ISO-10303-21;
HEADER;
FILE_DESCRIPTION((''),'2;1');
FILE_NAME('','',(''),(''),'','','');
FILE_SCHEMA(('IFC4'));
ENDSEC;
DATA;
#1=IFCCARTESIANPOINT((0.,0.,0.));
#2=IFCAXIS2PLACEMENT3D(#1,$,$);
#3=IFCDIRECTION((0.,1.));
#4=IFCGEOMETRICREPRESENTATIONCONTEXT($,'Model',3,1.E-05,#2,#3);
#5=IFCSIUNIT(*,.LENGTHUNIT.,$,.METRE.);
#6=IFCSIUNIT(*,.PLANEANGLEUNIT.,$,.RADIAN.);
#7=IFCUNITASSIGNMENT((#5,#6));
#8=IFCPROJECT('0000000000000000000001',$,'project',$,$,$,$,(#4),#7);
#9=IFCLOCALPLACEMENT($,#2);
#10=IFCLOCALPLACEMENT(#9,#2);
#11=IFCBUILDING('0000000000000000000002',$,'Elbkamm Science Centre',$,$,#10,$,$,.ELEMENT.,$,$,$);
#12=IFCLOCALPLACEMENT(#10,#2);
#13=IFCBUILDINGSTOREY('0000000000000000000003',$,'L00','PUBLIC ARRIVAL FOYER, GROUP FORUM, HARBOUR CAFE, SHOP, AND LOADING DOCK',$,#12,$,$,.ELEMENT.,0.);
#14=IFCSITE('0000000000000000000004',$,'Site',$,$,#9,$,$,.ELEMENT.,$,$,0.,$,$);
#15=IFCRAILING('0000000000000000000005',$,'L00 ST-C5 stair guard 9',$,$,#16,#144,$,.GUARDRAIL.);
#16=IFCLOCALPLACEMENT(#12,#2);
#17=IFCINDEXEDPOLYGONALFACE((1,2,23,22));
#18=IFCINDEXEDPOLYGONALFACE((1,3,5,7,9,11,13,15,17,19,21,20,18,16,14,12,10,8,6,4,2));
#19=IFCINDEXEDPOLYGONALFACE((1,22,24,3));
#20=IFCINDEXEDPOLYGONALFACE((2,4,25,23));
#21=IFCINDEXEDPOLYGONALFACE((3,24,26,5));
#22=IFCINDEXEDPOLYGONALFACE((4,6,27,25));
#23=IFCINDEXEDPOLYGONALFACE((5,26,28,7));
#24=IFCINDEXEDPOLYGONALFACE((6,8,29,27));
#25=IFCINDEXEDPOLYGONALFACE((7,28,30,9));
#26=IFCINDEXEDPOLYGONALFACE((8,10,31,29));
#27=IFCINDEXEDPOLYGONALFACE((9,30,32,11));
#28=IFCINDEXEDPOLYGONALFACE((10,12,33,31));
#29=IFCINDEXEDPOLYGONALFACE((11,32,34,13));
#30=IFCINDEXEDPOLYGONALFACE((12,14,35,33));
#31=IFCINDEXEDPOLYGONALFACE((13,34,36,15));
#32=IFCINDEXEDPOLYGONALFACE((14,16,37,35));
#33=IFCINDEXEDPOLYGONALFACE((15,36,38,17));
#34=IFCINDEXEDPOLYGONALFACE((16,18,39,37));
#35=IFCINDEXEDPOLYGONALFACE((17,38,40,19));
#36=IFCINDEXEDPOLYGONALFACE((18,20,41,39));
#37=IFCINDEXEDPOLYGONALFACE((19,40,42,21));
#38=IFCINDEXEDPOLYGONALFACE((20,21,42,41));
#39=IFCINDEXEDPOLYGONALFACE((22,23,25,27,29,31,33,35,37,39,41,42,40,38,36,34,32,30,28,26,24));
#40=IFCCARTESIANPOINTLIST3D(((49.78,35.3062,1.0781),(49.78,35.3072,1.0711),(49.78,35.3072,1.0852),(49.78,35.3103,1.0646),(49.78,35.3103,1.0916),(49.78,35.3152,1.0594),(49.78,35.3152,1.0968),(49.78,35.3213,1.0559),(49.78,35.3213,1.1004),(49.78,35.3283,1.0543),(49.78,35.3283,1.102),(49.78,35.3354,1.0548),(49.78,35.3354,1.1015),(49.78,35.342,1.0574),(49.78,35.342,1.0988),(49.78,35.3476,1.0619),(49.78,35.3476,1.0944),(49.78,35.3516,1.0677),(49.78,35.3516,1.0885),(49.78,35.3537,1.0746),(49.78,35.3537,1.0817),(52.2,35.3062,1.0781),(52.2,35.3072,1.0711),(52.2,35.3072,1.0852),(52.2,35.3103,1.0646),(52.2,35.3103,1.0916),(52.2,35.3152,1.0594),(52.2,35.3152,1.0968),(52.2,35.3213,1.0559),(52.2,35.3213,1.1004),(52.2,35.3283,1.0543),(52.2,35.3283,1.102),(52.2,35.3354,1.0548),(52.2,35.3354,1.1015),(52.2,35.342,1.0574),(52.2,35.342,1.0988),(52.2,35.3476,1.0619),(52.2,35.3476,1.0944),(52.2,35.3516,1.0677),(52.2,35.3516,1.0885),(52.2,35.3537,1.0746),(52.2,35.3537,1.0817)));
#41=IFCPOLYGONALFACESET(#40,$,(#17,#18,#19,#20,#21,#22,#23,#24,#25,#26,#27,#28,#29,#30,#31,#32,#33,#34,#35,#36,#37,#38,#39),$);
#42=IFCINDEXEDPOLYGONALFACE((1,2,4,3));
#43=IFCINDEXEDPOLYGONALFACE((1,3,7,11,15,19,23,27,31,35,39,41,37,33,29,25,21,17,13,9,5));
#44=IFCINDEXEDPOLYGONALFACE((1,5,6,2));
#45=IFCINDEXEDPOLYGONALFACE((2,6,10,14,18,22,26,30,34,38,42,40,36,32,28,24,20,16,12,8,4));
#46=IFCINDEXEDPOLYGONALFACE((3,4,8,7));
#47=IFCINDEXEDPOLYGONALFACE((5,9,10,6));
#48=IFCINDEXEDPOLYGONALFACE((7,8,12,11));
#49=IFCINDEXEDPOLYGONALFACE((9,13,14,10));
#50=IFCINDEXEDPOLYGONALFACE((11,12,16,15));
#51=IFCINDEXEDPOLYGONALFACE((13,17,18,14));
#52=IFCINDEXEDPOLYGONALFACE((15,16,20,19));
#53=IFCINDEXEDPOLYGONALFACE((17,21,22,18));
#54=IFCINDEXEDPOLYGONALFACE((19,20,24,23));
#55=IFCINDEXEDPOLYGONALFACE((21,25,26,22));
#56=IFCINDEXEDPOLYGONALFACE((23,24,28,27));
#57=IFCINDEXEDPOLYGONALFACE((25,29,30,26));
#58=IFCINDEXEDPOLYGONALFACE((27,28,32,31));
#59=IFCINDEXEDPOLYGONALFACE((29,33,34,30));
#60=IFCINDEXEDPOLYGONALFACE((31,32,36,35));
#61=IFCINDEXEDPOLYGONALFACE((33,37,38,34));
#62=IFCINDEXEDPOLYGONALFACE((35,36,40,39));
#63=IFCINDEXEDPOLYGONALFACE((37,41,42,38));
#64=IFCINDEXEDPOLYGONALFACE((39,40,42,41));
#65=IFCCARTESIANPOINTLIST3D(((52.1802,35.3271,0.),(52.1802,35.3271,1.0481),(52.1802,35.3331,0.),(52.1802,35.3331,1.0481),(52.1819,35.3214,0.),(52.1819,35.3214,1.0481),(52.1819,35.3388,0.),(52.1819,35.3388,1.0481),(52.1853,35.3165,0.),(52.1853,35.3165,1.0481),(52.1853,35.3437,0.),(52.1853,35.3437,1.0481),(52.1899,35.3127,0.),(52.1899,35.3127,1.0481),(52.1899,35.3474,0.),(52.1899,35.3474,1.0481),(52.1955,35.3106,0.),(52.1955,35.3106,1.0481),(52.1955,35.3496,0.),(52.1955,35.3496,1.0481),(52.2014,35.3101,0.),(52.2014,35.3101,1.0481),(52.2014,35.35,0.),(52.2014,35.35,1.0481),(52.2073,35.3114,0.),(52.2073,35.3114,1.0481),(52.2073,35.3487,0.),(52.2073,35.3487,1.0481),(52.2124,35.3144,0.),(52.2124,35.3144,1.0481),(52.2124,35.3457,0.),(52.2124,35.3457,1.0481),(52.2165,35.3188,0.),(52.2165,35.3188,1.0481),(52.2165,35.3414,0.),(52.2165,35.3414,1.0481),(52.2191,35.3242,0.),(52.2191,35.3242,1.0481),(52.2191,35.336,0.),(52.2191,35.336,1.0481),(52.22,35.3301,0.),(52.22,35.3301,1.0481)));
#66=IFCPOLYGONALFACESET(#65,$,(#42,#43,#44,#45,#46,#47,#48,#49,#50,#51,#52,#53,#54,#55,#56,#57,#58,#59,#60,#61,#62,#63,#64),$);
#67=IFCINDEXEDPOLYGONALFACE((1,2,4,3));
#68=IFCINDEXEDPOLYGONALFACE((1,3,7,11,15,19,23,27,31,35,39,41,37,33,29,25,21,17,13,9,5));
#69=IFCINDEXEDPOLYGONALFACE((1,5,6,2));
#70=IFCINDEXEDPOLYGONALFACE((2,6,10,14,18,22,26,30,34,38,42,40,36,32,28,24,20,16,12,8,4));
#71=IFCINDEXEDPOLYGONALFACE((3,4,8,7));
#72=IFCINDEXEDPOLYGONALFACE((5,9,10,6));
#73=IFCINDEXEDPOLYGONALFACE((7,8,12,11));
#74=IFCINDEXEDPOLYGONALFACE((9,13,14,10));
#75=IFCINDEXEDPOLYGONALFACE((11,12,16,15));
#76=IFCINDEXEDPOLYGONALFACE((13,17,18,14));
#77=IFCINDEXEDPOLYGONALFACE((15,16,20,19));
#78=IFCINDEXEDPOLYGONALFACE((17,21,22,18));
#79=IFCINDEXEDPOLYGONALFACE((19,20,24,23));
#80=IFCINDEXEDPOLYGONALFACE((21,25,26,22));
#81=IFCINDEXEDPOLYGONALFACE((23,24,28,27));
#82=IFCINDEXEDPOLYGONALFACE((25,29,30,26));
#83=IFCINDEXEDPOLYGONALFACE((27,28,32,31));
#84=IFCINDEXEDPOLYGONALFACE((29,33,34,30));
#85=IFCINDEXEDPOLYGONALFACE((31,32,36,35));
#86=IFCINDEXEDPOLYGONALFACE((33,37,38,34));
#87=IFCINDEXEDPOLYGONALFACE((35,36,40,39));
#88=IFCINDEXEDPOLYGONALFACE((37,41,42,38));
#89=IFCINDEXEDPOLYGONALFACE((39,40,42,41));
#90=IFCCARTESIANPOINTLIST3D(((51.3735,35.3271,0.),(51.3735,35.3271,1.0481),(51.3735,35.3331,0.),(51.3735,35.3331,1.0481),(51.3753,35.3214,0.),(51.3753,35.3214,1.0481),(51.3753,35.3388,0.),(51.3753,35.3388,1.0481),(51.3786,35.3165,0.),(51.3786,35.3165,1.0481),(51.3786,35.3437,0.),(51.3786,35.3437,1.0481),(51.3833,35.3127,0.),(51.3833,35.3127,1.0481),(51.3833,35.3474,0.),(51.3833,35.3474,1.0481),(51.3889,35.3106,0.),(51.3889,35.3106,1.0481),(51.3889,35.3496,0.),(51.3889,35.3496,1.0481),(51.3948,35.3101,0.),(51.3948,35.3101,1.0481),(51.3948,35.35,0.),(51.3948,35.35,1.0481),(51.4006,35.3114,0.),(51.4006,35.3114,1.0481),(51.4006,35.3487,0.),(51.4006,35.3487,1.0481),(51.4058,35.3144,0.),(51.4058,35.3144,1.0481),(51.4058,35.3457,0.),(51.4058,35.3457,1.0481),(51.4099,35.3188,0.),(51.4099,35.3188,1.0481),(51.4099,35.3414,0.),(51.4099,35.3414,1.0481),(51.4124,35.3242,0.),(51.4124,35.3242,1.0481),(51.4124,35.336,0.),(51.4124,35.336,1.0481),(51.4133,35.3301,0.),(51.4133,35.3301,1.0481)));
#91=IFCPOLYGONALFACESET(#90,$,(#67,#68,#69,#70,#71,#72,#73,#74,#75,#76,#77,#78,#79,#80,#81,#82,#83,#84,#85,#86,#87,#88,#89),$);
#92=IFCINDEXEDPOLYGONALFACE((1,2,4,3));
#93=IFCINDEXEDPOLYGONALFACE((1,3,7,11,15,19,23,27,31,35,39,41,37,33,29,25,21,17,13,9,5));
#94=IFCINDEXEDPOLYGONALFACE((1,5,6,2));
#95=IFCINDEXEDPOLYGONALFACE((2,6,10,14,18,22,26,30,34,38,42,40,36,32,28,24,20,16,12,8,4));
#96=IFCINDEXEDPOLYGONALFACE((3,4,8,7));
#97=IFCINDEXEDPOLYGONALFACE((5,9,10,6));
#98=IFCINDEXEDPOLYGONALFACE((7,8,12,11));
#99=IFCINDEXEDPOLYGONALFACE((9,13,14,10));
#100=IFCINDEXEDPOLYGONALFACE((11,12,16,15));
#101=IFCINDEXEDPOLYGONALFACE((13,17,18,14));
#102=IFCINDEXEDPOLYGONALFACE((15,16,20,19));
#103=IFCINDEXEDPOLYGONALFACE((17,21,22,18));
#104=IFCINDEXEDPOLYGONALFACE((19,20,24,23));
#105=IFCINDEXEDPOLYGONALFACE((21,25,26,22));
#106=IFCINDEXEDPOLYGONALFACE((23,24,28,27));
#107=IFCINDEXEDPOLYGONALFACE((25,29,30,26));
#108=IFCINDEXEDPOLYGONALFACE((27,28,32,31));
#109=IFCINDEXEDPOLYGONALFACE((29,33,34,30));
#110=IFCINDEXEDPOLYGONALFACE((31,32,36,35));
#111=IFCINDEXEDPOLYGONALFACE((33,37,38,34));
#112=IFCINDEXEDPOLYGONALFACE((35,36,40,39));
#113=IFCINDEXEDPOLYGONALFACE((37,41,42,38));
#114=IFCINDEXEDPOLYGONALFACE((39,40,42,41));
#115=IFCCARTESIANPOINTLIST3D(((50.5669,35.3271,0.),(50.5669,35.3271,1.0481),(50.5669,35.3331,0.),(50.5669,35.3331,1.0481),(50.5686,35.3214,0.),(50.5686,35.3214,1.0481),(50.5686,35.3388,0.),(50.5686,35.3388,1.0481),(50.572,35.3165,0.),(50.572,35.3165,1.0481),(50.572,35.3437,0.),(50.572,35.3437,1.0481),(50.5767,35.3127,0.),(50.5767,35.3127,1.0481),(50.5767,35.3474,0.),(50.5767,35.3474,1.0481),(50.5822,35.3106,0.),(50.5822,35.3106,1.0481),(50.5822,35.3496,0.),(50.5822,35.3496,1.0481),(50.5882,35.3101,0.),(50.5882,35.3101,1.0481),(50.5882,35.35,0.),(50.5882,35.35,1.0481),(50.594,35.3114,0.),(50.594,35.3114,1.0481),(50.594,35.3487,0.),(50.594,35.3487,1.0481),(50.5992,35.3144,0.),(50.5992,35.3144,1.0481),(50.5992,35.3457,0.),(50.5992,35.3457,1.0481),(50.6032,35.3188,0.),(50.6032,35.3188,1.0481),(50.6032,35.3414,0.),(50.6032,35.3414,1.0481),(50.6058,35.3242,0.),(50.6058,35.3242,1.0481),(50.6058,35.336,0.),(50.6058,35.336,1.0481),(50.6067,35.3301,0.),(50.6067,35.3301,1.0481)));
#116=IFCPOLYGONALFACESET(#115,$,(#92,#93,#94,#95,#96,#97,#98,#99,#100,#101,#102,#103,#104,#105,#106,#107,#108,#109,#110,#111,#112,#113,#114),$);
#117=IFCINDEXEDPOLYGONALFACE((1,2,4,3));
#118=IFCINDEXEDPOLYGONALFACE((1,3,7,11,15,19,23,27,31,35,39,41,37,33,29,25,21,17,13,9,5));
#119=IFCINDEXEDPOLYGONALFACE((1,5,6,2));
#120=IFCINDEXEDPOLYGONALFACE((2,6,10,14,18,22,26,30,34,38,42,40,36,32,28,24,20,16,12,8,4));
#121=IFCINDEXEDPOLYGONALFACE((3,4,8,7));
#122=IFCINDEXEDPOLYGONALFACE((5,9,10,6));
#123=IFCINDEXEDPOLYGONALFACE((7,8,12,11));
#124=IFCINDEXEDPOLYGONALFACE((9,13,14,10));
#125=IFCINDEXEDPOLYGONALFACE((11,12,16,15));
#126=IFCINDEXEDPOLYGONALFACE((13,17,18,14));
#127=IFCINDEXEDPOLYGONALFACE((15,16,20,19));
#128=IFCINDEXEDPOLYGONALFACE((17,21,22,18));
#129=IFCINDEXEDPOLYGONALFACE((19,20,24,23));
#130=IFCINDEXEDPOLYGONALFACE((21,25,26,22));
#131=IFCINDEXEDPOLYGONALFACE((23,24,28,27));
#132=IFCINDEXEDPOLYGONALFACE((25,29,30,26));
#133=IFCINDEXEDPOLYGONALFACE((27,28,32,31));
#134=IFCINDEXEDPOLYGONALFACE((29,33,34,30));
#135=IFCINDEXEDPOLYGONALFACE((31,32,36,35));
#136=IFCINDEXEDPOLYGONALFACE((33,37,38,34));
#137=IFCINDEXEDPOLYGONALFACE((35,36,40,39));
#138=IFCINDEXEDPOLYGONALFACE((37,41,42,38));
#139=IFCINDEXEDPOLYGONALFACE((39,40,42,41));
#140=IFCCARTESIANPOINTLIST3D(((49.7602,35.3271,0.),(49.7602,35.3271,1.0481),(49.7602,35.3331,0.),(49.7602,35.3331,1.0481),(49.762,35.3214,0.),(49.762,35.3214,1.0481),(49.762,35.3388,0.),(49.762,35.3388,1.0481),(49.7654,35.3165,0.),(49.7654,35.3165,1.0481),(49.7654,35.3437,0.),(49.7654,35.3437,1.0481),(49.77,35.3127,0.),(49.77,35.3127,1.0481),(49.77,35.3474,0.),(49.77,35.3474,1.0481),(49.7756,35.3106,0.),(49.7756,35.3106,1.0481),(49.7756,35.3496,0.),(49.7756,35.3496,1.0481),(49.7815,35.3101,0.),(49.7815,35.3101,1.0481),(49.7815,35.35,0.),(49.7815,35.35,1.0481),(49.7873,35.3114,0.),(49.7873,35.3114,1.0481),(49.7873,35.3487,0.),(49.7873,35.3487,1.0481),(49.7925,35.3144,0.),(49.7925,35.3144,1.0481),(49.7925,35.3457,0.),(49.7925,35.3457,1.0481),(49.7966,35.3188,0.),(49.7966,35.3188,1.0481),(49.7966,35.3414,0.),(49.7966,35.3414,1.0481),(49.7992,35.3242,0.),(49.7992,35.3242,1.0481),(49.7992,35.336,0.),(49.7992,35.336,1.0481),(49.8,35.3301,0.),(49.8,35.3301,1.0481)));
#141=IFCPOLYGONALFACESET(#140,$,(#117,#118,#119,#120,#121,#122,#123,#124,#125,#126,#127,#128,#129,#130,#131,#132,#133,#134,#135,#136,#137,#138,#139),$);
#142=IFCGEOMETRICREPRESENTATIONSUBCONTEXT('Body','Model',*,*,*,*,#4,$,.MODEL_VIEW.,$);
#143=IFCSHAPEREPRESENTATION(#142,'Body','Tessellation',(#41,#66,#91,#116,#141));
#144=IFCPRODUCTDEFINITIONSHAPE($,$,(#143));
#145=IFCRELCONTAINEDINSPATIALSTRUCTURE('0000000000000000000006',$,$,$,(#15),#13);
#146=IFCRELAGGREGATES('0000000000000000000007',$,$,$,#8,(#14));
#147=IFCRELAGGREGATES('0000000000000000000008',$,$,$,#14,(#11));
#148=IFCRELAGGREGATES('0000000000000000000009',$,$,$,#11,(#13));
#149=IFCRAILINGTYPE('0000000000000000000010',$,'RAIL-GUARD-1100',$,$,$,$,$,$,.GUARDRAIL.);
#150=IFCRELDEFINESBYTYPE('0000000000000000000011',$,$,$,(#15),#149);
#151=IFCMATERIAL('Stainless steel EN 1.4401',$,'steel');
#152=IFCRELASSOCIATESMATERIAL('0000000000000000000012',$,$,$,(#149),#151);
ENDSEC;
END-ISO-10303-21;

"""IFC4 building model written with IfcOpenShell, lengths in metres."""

from ifc_helpers import new_model, si_unit, direction, frame, origin, origin_2d, place, context, subcontext, project, spatial, circle, extrude, material, type_object, element, save


model = new_model("IFC4")

# Units and contexts
model_context = context("Model", 3, precision=1e-05, world=origin(), true_north=direction((0.0, 1.0)))
body_context = subcontext(model_context, "Body", "Model", "MODEL_VIEW")
ifc_project = project(units=[si_unit("LENGTHUNIT", "METRE"), si_unit("PLANEANGLEUNIT", "RADIAN")], contexts=[model_context])

# Site, building, storey
site_placement = place(None, origin())
site = spatial("IfcSite", under=ifc_project, at=site_placement, Name="Site", CompositionType="ELEMENT", RefElevation=0.0)
building_placement = place(site_placement, origin())
building = spatial("IfcBuilding", under=site, at=building_placement, Name="Elbkamm Science Centre", CompositionType="ELEMENT")
storey_placement = place(building_placement, origin())
storey = spatial("IfcBuildingStorey", under=building, at=storey_placement, Name="L00", Description="PUBLIC ARRIVAL FOYER, GROUP FORUM, HARBOUR CAFE, SHOP, AND LOADING DOCK", CompositionType="ELEMENT", Elevation=0.0)

# Railing
ifc_material_1 = material(Name="Stainless steel EN 1.4401", Category="steel")
railing_type_1 = type_object("IfcRailingType", Name="RAIL-GUARD-1100", PredefinedType="GUARDRAIL", material=ifc_material_1)
for number, where, name in (
    (1, (52.2, 35.3301, 0.0), "L00 ST-C5 stair guard 9"),
):
    element("IfcRailing", number, at=place(storey_placement, frame(where)), inside=storey, type_object=railing_type_1, Name=name, PredefinedType="GUARDRAIL", context=body_context, shape_type="SweptSolid", body=[
        extrude(circle(Radius=0.0239, at=origin_2d()), frame((0.0, 0.0, 1.0781), z_axis=(-1.0, 0.0, 0.0), x_axis=(0.0, -1.0, 0.0)), (0.0, 0.0, 1.0), 2.4199),
        extrude(circle(Radius=0.02, at=origin_2d()), origin(), (0.0, 0.0, 1.0), 1.0481),
        extrude(circle(Radius=0.02, at=origin_2d()), frame((-0.8066, 0.0, 0.0)), (0.0, 0.0, 1.0), 1.0481),
        extrude(circle(Radius=0.02, at=origin_2d()), frame((-1.6133, 0.0, 0.0)), (0.0, 0.0, 1.0), 1.0481),
        extrude(circle(Radius=0.02, at=origin_2d()), frame((-2.4199, 0.0, 0.0)), (0.0, 0.0, 1.0), 1.0481),
    ])

save(model, "model.ifc")
